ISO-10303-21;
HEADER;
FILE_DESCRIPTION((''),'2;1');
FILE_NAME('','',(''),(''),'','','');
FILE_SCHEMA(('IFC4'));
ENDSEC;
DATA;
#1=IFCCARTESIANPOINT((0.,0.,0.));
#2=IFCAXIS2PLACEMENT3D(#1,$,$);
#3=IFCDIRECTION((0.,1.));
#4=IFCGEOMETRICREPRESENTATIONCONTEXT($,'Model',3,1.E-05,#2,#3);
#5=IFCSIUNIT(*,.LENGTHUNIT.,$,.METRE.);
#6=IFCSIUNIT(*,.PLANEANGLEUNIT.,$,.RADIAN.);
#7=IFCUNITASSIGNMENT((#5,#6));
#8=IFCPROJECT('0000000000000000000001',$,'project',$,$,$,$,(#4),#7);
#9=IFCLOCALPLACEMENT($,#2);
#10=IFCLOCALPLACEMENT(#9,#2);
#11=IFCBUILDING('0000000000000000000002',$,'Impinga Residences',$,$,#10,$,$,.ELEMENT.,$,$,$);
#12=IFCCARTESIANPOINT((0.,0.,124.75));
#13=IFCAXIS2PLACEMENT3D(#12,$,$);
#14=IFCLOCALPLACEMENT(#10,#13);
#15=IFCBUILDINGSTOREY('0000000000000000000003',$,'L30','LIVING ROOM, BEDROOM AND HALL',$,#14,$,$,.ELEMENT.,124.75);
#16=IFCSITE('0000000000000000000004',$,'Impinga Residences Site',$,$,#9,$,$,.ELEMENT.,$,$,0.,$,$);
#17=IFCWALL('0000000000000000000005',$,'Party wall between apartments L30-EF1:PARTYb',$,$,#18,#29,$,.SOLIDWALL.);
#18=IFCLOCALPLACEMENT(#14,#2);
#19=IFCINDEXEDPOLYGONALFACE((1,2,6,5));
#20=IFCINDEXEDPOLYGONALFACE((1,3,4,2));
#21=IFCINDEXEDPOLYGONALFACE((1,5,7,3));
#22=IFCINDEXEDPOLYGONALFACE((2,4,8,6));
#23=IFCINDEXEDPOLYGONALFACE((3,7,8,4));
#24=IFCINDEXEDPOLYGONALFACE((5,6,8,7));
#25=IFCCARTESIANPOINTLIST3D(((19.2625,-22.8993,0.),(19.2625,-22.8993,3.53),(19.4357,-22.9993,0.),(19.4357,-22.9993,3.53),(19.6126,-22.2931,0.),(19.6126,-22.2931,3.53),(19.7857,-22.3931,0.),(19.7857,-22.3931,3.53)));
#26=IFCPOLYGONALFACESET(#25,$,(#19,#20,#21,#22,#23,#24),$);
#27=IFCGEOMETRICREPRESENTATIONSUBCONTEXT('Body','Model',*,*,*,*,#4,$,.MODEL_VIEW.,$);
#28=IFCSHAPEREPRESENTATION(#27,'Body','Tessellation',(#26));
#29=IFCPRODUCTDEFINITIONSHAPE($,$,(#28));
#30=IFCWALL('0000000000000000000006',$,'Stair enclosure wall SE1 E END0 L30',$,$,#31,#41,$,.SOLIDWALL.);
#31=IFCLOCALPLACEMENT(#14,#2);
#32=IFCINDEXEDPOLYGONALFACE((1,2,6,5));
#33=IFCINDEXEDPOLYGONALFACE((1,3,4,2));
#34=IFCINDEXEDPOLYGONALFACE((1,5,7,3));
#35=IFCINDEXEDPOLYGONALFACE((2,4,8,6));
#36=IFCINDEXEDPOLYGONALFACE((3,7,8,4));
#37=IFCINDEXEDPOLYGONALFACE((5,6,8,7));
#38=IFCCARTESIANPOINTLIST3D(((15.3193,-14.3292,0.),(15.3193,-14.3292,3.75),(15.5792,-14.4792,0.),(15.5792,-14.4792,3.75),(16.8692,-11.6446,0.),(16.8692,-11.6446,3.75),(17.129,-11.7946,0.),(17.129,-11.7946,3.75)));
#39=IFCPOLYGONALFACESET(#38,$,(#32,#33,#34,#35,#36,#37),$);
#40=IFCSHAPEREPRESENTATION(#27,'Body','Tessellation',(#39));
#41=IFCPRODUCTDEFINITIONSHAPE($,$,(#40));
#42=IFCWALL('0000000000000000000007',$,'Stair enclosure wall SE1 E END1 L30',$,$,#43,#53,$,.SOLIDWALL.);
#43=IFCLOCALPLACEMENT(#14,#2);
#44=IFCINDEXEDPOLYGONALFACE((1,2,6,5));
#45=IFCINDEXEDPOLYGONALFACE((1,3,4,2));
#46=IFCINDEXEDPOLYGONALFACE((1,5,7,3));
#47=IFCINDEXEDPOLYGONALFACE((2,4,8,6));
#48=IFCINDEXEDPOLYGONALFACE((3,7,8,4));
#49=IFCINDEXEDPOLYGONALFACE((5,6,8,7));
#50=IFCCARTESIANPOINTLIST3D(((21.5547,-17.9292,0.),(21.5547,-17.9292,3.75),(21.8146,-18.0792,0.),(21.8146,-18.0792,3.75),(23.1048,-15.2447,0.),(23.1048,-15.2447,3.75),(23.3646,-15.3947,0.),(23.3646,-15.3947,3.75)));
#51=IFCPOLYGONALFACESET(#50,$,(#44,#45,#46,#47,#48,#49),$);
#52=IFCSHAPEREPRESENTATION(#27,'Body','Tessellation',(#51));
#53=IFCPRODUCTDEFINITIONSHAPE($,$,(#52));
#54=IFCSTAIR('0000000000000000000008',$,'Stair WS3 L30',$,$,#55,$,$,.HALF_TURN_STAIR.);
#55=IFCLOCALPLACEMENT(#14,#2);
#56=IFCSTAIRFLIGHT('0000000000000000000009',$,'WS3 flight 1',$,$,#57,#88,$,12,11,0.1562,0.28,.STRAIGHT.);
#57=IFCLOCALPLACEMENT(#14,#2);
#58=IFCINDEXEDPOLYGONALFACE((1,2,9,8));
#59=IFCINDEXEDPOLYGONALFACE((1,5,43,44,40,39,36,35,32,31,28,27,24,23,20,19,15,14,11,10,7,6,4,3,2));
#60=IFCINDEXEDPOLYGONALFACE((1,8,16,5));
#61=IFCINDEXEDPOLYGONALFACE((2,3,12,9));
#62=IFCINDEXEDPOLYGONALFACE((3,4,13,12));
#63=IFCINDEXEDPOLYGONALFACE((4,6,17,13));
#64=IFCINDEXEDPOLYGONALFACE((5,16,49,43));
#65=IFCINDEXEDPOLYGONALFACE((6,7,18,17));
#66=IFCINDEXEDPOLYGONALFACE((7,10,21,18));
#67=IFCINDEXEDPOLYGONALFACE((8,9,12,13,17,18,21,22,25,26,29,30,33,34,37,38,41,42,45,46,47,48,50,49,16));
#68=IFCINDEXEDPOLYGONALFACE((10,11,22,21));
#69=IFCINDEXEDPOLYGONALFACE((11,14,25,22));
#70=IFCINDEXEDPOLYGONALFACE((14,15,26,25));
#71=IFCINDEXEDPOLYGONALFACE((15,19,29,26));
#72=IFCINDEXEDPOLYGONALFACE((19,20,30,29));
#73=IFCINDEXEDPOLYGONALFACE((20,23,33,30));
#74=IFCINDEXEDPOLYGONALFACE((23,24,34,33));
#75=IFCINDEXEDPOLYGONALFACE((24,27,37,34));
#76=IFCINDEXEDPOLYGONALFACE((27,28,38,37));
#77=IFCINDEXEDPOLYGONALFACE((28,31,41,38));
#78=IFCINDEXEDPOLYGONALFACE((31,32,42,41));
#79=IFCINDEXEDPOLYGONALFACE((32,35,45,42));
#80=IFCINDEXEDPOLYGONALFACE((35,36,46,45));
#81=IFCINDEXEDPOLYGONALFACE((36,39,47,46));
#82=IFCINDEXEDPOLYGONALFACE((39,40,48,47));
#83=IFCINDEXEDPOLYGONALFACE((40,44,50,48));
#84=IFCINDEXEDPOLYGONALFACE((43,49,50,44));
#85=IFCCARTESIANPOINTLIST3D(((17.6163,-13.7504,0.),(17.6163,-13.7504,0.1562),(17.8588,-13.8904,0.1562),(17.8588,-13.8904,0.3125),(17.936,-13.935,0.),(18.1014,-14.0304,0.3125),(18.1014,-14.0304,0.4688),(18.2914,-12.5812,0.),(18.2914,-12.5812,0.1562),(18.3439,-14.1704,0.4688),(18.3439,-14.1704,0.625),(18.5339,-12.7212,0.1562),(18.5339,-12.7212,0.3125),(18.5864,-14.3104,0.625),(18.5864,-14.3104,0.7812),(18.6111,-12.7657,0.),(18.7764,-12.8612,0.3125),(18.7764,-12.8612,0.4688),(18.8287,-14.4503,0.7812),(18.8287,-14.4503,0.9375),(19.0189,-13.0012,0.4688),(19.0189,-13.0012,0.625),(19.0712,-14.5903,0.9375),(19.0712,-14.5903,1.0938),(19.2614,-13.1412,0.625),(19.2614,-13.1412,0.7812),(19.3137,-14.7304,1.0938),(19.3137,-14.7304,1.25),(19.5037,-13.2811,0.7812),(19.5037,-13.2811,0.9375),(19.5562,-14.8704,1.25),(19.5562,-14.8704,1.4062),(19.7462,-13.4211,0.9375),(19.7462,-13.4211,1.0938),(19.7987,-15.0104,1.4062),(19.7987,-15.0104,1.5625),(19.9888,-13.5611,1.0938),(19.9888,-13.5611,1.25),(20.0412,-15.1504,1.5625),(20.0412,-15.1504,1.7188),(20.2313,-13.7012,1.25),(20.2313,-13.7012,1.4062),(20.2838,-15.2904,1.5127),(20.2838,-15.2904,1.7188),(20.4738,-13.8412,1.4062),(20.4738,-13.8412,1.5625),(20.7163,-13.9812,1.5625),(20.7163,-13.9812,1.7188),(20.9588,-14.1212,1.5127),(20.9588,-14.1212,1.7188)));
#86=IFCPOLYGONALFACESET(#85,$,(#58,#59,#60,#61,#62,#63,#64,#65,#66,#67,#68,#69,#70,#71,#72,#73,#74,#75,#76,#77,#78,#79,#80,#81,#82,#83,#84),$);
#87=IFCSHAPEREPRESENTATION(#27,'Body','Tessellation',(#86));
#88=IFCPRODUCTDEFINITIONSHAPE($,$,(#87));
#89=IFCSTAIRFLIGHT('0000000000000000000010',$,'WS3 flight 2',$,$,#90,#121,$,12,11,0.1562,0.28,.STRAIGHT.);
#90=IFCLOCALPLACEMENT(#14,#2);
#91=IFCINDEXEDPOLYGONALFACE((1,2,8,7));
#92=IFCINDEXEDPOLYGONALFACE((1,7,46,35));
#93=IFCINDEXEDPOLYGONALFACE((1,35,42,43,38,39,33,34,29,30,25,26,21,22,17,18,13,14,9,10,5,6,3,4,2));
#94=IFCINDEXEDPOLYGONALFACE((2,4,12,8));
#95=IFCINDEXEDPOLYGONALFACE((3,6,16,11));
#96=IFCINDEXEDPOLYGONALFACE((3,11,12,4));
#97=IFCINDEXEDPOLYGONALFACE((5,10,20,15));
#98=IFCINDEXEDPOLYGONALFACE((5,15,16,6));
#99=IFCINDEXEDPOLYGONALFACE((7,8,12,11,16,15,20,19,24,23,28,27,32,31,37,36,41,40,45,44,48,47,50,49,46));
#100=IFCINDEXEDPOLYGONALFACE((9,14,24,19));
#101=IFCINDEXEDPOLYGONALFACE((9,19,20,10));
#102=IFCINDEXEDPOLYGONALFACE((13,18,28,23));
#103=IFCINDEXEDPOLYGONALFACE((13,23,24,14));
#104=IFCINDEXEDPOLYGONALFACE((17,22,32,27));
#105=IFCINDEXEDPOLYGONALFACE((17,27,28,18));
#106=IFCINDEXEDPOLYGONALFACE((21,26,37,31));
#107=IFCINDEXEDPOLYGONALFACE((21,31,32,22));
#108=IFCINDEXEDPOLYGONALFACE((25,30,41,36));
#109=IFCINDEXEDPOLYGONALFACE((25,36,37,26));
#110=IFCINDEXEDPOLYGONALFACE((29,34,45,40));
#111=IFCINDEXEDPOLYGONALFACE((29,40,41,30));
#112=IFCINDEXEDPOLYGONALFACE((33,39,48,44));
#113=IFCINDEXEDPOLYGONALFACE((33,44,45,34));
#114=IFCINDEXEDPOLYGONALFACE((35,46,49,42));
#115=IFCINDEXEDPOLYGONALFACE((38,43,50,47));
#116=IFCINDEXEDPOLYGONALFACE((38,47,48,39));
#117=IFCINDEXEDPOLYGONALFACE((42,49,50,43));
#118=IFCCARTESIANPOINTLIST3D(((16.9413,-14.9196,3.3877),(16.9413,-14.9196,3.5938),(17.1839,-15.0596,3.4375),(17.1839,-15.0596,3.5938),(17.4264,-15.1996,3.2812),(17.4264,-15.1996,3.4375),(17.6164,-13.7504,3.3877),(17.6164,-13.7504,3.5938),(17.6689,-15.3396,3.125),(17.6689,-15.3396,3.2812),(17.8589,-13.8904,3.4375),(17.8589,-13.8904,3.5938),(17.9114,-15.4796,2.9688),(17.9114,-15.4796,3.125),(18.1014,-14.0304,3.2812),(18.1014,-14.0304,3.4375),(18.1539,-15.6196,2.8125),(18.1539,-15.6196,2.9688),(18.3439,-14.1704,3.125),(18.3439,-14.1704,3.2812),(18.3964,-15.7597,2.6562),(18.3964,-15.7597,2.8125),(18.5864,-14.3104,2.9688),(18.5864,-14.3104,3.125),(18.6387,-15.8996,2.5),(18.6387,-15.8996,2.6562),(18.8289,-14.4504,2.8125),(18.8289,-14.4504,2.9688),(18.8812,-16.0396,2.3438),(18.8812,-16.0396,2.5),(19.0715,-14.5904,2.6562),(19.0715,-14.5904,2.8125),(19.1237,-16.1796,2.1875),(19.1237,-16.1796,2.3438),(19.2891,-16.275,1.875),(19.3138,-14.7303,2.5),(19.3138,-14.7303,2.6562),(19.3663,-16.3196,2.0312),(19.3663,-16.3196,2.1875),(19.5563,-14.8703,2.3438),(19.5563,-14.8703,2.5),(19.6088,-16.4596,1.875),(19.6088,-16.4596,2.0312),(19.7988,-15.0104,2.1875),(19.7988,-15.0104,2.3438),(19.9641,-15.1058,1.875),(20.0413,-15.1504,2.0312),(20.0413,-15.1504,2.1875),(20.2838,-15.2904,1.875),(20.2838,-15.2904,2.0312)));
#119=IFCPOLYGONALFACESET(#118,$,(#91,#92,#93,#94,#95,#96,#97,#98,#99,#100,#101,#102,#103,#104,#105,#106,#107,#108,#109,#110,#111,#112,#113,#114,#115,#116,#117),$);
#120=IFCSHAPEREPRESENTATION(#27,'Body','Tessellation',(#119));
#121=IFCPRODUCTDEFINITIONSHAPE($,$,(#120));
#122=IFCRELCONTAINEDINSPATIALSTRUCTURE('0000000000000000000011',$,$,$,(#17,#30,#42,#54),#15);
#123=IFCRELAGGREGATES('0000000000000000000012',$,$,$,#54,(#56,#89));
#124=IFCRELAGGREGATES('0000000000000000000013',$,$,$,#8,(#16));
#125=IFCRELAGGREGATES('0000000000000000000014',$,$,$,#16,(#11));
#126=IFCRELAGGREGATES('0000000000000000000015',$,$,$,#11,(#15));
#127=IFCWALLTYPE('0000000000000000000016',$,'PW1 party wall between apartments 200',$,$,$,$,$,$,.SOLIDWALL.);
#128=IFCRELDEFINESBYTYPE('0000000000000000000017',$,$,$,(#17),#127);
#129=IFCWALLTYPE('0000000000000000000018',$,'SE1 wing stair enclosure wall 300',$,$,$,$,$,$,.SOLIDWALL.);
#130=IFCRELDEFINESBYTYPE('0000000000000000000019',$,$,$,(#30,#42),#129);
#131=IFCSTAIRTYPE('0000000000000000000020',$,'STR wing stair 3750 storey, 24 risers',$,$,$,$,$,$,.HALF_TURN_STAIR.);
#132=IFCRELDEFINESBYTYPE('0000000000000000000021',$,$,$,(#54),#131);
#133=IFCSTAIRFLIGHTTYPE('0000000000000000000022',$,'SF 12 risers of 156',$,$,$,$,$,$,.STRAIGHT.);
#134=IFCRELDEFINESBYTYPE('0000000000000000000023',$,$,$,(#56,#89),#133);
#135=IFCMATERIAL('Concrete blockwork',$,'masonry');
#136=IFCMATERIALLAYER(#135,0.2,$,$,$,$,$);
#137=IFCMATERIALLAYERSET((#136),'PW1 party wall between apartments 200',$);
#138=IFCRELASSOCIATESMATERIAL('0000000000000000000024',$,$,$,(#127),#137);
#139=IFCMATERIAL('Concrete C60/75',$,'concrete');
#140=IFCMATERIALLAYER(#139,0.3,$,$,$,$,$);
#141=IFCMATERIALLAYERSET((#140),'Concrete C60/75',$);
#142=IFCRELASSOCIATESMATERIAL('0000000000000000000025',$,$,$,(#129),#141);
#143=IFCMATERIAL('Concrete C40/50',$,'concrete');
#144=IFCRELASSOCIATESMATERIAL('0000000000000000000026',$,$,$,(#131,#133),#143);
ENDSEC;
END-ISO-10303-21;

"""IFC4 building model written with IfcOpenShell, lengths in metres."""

from ifc_helpers import new_model, si_unit, direction, frame, frame_2d, origin, place, context, subcontext, project, spatial, polyline, rectangle, outline, extrude, material, layer, layer_set, type_object, element, aggregate, save


model = new_model("IFC4")

# Units and contexts
model_context = context("Model", 3, precision=1e-05, world=origin(), true_north=direction((0.0, 1.0)))
body_context = subcontext(model_context, "Body", "Model", "MODEL_VIEW")
ifc_project = project(units=[si_unit("LENGTHUNIT", "METRE"), si_unit("PLANEANGLEUNIT", "RADIAN")], contexts=[model_context])

# Site, building, storey
site_placement = place(None, origin())
site = spatial("IfcSite", under=ifc_project, at=site_placement, Name="Impinga Residences Site", CompositionType="ELEMENT", RefElevation=0.0)
building_placement = place(site_placement, origin())
building = spatial("IfcBuilding", under=site, at=building_placement, Name="Impinga Residences", CompositionType="ELEMENT")
storey_placement = place(building_placement, frame((0.0, 0.0, 124.75)))
storey = spatial("IfcBuildingStorey", under=building, at=storey_placement, Name="L30", Description="LIVING ROOM, BEDROOM AND HALL", CompositionType="ELEMENT", Elevation=124.75)

# Shared definitions
ifc_material_1 = material(Name="Concrete C60/75", Category="concrete")

# Shared definitions
ifc_material_2 = material(Name="Concrete blockwork", Category="masonry")

# Walls
ifc_layer_1 = layer(ifc_material_2, 0.2)
ifc_layer_set_1 = layer_set([ifc_layer_1], Name="PW1 party wall between apartments 200")
wall_type_1 = type_object("IfcWallType", Name="PW1 party wall between apartments 200", PredefinedType="SOLIDWALL", material=ifc_layer_set_1)
wall_1_placement = place(storey_placement, frame((19.6992, -22.343, 0.0), z_axis=(0.0, 0.0, 1.0), x_axis=(-0.500115, -0.865959, 0.0)))
element("IfcWall", 1, at=wall_1_placement, inside=storey, type_object=wall_type_1, Name="Party wall between apartments L30-EF1:PARTYb", PredefinedType="SOLIDWALL", context=body_context, shape_type="SweptSolid", body=[
    extrude(rectangle(XDim=0.7, YDim=0.2, at=frame_2d((0.3501, 0.0))), origin(), (0.0, 0.0, 1.0), 3.53),
])
ifc_layer_2 = layer(ifc_material_1, 0.3)
ifc_layer_set_2 = layer_set([ifc_layer_2], Name="Concrete C60/75")
wall_type_2 = type_object("IfcWallType", Name="SE1 wing stair enclosure wall 300", PredefinedType="SOLIDWALL", material=ifc_layer_set_2)
for number, where, z_axis, x_axis, name in (
    (2, (16.999, -11.7197, 0.0), (0.0, 0.0, 1.0), (-0.499968, -0.866044, 0.0), "Stair enclosure wall SE1 E END0 L30"),
    (3, (23.2346, -15.3198, 0.0), (0.0, 0.0, 1.0), (-0.500027, -0.86601, 0.0), "Stair enclosure wall SE1 E END1 L30"),
):
    element("IfcWall", number, at=place(storey_placement, frame(where, z_axis=z_axis, x_axis=x_axis)), inside=storey, type_object=wall_type_2, Name=name, PredefinedType="SOLIDWALL", context=body_context, shape_type="SweptSolid", body=[
        extrude(rectangle(XDim=3.0999, YDim=0.3, at=frame_2d((1.5498, 0.0))), origin(), (0.0, 0.0, 1.0), 3.75),
    ])

# Stair, stair flights
ifc_material_3 = material(Name="Concrete C40/50", Category="concrete")
stair_type = type_object("IfcStairType", Name="STR wing stair 3750 storey, 24 risers", PredefinedType="HALF_TURN_STAIR", material=ifc_material_3)
stair_placement = place(storey_placement, origin())
stair = element("IfcStair", 4, at=stair_placement, inside=storey, type_object=stair_type, Name="Stair WS3 L30", PredefinedType="HALF_TURN_STAIR")
stair_flight_type = type_object("IfcStairFlightType", Name="SF 12 risers of 156", PredefinedType="STRAIGHT", material=ifc_material_3)
stair_flight_1_placement = place(storey_placement, frame((17.9539, -13.1658, 0.0), z_axis=(0.0, 0.0, 1.0), x_axis=(0.866025, -0.5, 0.0)))
stair_flight_1 = element("IfcStairFlight", 5, at=stair_flight_1_placement, type_object=stair_flight_type, Name="WS3 flight 1", NumberOfRisers=12, NumberOfTreads=11, PredefinedType="STRAIGHT", RiserHeight=0.1562, TreadLength=0.28, context=body_context, shape_type="SweptSolid", body=[
    extrude(outline(polyline([(0.0, 0.0), (0.0, 0.1562), (0.28, 0.1562), (0.28, 0.3125), (0.5601, 0.3125), (0.5601, 0.4688), (0.8401, 0.4688), (0.8401, 0.625), (1.1201, 0.625), (1.1201, 0.7812), (1.3999, 0.7812), (1.3999, 0.9375), (1.6799, 0.9375), (1.6799, 1.0938), (1.96, 1.0938), (1.96, 1.25), (2.24, 1.25), (2.24, 1.4062), (2.52, 1.4062), (2.52, 1.5625), (2.8, 1.5625), (2.8, 1.7188), (3.0801, 1.7188), (3.0801, 1.875), (3.0801, 1.5127), (0.3691, 0.0), (0.0, 0.0)])), frame((0.0, 0.675, 0.0), z_axis=(0.0, -1.0, 0.0), x_axis=(1.0, 0.0, 0.0)), (0.0, 0.0, 1.0), 1.3501),
])
stair_flight_2_placement = place(storey_placement, frame((19.9463, -15.875, 1.875), z_axis=(0.0, 0.0, 1.0), x_axis=(-0.866025, 0.5, 0.0)))
stair_flight_2 = element("IfcStairFlight", 6, at=stair_flight_2_placement, type_object=stair_flight_type, Name="WS3 flight 2", NumberOfRisers=12, NumberOfTreads=11, PredefinedType="STRAIGHT", RiserHeight=0.1562, TreadLength=0.28, context=body_context, shape_type="SweptSolid", body=[
    extrude(outline(polyline([(0.0, 0.0), (0.0, 0.1562), (0.28, 0.1562), (0.28, 0.3125), (0.5601, 0.3125), (0.5601, 0.4688), (0.8401, 0.4688), (0.8401, 0.625), (1.1201, 0.625), (1.1201, 0.7812), (1.3999, 0.7812), (1.3999, 0.9375), (1.6799, 0.9375), (1.6799, 1.0938), (1.96, 1.0938), (1.96, 1.25), (2.24, 1.25), (2.24, 1.4062), (2.52, 1.4062), (2.52, 1.5625), (2.8, 1.5625), (2.8, 1.7188), (3.0801, 1.7188), (3.0801, 1.875), (3.0801, 1.5127), (0.3691, 0.0), (0.0, 0.0)])), frame((0.0, 0.675, 0.0), z_axis=(0.0, -1.0, 0.0), x_axis=(1.0, 0.0, 0.0)), (0.0, 0.0, 1.0), 1.3501),
])
aggregate(stair, [stair_flight_1, stair_flight_2])

save(model, "model.ifc")
